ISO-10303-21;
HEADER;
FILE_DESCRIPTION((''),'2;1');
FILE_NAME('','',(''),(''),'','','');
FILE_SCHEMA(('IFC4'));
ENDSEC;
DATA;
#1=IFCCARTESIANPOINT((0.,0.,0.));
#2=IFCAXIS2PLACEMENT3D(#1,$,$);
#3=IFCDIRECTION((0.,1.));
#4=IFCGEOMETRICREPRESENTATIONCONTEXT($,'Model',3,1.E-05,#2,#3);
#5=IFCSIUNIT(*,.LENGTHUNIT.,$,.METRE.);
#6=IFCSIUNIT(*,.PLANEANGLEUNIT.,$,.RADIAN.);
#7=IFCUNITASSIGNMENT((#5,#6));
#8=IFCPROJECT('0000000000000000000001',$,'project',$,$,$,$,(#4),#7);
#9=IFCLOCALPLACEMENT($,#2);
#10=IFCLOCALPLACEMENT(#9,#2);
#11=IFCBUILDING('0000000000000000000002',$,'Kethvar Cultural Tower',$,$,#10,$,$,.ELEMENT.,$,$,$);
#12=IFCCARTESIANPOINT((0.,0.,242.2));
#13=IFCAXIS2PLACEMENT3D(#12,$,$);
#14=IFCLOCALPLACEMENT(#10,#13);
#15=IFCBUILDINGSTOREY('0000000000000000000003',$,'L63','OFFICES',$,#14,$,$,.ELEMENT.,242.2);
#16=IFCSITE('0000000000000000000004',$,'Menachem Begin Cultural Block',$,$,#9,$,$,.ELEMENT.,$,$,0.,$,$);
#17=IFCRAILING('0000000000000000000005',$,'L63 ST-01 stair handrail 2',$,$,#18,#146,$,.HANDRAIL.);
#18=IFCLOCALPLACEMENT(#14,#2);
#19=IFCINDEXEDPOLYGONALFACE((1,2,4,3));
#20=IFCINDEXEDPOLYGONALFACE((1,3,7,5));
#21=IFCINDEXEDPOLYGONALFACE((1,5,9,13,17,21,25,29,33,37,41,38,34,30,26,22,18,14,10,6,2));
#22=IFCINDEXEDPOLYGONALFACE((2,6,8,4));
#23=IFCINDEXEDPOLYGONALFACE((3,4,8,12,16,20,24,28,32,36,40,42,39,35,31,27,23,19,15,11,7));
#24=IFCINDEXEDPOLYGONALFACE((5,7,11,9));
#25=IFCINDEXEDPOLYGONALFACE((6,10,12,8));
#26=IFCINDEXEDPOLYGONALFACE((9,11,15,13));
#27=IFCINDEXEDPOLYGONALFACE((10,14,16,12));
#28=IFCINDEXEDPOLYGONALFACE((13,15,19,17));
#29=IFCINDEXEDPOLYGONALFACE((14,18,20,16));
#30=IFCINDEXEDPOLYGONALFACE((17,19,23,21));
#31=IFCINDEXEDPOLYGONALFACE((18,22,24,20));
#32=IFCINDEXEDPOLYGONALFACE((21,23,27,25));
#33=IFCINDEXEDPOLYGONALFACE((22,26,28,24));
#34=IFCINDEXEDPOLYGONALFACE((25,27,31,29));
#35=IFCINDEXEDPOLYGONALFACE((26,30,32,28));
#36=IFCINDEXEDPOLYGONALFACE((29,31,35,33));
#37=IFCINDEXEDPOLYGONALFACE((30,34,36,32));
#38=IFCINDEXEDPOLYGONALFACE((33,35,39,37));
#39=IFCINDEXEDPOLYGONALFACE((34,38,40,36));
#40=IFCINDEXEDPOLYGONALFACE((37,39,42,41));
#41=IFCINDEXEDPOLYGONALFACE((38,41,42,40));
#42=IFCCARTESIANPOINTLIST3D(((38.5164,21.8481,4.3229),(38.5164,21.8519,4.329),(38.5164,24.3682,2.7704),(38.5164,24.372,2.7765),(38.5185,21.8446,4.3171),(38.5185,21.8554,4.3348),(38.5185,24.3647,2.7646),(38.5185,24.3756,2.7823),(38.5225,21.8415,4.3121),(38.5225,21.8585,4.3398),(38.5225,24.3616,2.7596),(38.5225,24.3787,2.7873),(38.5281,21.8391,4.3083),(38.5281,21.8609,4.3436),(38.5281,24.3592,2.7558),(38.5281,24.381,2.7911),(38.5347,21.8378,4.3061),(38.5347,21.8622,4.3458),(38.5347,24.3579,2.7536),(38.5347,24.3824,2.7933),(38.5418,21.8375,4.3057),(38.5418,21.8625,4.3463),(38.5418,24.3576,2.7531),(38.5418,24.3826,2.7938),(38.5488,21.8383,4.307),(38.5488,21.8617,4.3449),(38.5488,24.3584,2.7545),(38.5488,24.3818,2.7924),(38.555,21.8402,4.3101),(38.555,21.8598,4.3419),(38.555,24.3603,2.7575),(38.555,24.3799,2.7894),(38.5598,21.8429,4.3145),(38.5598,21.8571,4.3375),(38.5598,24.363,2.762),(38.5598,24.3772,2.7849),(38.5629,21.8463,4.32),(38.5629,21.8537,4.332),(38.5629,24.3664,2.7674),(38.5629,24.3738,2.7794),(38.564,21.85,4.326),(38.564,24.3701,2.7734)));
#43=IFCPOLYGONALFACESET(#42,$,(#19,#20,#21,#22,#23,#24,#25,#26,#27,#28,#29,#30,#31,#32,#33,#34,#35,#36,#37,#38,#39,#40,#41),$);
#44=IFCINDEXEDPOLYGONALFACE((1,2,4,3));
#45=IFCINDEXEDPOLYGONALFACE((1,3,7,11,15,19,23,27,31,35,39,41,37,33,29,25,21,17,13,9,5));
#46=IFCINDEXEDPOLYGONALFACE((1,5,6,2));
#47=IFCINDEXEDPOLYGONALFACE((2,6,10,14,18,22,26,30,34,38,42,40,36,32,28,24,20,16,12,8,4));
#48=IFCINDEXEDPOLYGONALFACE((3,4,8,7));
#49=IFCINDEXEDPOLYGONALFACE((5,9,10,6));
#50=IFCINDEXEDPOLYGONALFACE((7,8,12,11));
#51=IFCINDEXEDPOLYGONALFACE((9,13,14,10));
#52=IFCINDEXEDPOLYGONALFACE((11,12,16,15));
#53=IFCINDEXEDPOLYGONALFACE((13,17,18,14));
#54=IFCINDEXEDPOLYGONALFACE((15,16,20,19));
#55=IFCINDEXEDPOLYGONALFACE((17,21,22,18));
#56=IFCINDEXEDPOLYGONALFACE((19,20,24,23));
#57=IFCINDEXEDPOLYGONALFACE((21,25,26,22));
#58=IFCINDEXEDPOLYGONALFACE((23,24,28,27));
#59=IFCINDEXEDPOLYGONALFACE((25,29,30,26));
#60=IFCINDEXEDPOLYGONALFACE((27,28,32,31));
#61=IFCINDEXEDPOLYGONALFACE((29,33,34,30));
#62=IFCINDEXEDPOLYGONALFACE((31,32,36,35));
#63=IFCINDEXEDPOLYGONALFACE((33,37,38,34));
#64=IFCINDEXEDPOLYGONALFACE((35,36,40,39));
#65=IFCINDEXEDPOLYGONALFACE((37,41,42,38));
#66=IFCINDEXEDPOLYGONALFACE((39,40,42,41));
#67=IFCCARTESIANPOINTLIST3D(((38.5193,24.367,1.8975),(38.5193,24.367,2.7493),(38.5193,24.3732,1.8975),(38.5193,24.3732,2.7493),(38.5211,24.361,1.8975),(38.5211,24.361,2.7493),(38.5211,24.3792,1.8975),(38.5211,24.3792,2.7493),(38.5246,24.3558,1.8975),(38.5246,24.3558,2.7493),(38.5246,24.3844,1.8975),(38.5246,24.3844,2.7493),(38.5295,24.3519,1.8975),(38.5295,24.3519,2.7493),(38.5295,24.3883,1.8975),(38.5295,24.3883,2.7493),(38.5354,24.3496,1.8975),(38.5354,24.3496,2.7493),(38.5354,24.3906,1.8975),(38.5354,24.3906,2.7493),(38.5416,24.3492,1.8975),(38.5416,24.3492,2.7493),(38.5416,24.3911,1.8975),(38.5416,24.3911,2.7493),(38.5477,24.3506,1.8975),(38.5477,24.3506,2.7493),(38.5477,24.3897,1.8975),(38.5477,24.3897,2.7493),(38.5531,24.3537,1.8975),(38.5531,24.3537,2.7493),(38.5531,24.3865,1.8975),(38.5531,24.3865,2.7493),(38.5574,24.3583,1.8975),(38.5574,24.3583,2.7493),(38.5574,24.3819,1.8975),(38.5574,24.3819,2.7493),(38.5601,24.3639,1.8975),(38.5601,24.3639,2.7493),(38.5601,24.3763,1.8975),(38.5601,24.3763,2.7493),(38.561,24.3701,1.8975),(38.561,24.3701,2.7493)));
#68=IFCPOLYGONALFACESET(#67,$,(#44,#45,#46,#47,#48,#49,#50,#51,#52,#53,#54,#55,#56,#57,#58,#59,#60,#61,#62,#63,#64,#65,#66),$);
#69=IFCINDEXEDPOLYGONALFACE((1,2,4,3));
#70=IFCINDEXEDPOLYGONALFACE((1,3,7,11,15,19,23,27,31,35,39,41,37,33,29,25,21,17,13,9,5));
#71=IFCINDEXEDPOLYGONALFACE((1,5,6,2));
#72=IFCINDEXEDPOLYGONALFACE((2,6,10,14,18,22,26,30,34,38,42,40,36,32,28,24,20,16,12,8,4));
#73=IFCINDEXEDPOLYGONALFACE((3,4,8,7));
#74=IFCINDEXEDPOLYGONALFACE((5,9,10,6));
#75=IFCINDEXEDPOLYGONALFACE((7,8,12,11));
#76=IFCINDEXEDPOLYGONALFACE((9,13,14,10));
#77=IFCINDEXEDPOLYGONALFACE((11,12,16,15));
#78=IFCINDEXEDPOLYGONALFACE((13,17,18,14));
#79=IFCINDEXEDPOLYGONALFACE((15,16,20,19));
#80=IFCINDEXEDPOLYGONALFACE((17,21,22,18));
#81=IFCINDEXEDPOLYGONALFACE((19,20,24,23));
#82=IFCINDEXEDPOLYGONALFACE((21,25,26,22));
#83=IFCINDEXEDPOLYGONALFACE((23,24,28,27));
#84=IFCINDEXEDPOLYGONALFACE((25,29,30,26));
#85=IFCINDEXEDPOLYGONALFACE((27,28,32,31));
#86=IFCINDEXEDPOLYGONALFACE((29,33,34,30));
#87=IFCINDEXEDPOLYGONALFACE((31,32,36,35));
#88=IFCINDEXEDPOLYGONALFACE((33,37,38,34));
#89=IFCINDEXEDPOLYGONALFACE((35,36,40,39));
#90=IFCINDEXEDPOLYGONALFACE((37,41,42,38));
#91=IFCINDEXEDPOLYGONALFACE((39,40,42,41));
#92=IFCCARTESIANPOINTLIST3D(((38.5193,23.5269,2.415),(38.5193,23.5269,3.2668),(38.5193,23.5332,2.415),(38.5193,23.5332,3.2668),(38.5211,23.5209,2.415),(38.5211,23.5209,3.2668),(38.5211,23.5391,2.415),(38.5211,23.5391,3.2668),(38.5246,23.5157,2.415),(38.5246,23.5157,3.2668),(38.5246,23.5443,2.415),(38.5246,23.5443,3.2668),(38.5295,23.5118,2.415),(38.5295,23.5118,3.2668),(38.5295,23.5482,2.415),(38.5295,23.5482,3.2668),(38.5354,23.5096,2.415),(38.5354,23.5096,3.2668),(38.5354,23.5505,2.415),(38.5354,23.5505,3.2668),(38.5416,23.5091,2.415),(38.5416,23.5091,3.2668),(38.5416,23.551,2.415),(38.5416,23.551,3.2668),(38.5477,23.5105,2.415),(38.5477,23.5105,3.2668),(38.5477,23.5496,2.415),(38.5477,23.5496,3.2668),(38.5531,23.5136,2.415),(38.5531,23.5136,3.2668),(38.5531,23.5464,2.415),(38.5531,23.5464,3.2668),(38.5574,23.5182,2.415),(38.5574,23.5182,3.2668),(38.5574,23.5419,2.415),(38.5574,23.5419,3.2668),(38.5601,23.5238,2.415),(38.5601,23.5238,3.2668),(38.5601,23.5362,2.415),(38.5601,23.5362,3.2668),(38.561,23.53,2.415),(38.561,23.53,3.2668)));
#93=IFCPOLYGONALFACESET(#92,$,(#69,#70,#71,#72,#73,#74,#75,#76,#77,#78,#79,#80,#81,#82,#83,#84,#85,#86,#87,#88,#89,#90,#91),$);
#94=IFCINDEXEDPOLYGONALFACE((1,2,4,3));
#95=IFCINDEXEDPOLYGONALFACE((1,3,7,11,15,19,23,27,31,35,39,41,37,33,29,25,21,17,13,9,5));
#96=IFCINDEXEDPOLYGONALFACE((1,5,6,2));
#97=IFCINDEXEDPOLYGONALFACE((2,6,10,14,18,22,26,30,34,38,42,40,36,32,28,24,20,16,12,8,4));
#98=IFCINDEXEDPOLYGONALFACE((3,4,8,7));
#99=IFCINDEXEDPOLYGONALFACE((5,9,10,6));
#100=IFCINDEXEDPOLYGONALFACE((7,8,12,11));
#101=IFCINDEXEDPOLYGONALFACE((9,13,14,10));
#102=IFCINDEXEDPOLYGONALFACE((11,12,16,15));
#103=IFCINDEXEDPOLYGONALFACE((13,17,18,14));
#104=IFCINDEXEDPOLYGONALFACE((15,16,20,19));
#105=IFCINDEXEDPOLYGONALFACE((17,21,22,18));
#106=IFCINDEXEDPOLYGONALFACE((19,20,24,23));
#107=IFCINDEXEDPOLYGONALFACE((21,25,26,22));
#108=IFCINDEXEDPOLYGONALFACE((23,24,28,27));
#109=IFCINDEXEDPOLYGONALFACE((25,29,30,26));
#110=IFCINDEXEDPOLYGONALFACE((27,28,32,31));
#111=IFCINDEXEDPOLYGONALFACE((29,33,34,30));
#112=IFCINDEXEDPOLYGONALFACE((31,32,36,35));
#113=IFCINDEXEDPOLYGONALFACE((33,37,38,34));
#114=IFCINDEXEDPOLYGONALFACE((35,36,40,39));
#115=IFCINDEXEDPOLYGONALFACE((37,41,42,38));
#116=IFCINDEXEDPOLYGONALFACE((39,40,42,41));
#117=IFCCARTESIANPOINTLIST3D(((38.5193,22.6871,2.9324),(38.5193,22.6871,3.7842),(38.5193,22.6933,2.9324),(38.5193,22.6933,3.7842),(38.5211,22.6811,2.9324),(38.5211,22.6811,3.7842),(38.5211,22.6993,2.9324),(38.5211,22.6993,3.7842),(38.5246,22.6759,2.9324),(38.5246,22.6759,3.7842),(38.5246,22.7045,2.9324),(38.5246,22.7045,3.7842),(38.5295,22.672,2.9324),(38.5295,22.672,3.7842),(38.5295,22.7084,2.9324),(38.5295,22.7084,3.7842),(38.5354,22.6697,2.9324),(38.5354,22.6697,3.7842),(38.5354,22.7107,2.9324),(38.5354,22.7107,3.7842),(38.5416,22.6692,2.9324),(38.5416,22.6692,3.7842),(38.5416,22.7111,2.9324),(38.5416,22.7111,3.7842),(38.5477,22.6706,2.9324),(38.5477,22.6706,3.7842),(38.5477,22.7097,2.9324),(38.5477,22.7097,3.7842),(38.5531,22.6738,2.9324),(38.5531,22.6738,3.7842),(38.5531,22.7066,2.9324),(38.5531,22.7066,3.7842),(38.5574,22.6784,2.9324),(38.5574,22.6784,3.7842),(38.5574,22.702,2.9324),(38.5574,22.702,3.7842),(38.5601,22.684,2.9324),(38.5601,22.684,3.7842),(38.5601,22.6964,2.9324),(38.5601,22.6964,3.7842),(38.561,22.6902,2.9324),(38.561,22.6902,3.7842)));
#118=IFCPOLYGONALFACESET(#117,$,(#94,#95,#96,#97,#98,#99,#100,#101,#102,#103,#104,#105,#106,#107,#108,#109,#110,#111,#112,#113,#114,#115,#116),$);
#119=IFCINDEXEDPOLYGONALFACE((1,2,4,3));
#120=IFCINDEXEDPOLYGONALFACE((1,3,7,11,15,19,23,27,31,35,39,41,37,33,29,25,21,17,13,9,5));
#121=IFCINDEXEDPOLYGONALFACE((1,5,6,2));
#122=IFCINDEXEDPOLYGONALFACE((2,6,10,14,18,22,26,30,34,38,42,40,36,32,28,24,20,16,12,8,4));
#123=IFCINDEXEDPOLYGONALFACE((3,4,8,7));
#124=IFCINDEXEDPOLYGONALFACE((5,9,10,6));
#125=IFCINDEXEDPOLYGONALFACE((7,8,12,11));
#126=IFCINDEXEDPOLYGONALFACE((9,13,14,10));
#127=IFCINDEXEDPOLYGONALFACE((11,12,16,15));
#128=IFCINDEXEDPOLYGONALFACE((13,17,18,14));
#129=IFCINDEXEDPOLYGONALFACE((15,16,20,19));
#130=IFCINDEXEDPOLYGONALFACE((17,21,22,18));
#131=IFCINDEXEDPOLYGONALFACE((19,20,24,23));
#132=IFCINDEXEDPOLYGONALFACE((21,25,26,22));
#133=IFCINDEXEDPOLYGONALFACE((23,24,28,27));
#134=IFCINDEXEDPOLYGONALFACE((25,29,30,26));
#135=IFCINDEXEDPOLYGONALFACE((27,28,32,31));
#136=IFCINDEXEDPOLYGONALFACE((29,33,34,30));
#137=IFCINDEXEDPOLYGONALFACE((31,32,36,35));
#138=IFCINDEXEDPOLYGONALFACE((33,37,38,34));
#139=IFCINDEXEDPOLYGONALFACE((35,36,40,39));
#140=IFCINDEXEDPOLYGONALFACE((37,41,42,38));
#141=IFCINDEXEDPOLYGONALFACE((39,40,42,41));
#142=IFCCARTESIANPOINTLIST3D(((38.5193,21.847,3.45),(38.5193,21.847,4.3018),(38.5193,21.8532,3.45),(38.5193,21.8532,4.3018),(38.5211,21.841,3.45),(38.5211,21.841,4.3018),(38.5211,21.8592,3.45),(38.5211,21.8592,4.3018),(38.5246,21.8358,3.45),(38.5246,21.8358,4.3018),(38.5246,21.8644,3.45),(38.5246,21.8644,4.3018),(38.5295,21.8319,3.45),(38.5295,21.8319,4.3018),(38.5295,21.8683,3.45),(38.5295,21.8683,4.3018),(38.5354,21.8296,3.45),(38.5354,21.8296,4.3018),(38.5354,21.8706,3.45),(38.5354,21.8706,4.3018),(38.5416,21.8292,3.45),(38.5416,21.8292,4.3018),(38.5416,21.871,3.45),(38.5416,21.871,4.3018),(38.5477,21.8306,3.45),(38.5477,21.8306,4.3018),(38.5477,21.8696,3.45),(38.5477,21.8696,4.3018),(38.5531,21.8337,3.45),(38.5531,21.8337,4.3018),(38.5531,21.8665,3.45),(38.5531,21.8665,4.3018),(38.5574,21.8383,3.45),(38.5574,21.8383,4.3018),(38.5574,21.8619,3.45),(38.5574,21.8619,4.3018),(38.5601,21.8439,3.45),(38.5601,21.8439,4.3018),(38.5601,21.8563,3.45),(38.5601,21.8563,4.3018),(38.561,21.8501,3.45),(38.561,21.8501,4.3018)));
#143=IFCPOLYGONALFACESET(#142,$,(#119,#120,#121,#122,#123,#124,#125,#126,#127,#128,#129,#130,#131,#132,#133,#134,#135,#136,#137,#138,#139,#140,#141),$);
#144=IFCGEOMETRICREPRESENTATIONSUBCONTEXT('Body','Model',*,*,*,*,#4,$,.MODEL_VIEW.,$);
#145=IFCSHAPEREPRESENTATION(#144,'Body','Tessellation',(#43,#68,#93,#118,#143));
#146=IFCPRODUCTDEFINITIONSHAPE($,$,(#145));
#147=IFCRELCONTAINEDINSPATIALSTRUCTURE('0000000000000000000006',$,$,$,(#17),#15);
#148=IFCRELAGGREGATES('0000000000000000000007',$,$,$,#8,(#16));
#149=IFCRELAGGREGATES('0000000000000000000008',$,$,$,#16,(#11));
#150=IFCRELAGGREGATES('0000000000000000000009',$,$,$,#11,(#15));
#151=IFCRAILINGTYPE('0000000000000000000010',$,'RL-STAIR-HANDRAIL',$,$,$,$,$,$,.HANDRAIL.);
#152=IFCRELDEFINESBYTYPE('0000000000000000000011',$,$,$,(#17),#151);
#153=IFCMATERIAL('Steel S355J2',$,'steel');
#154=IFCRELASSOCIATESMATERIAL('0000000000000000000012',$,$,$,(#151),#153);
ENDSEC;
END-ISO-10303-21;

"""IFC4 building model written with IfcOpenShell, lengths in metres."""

from ifc_helpers import new_model, si_unit, direction, frame, origin, origin_2d, place, context, subcontext, project, spatial, circle, extrude, material, type_object, element, save


model = new_model("IFC4")

# Units and contexts
model_context = context("Model", 3, precision=1e-05, world=origin(), true_north=direction((0.0, 1.0)))
body_context = subcontext(model_context, "Body", "Model", "MODEL_VIEW")
ifc_project = project(units=[si_unit("LENGTHUNIT", "METRE"), si_unit("PLANEANGLEUNIT", "RADIAN")], contexts=[model_context])

# Site, building, storey
site_placement = place(None, origin())
site = spatial("IfcSite", under=ifc_project, at=site_placement, Name="Menachem Begin Cultural Block", CompositionType="ELEMENT", RefElevation=0.0)
building_placement = place(site_placement, origin())
building = spatial("IfcBuilding", under=site, at=building_placement, Name="Kethvar Cultural Tower", CompositionType="ELEMENT")
storey_placement = place(building_placement, frame((0.0, 0.0, 242.2)))
storey = spatial("IfcBuildingStorey", under=building, at=storey_placement, Name="L63", Description="OFFICES", CompositionType="ELEMENT", Elevation=242.2)

# Shared definitions
ifc_material_1 = material(Name="Steel S355J2", Category="steel")

# Railing
railing_type_1 = type_object("IfcRailingType", Name="RL-STAIR-HANDRAIL", PredefinedType="HANDRAIL", material=ifc_material_1)
railing_1_placement = place(storey_placement, frame((38.54, 24.3701, 1.8975)))
element("IfcRailing", 1, at=railing_1_placement, inside=storey, type_object=railing_type_1, Name="L63 ST-01 stair handrail 2", PredefinedType="HANDRAIL", context=body_context, shape_type="SweptSolid", body=[
    extrude(circle(Radius=0.0239, at=origin_2d()), frame((0.0, 0.0, 0.876), z_axis=(0.0, -0.8514, 0.524516), x_axis=(1.0, 0.0, 0.0)), (0.0, 0.0, 1.0), 2.96),
    extrude(circle(Radius=0.021, at=origin_2d()), origin(), (0.0, 0.0, 1.0), 0.8518),
    extrude(circle(Radius=0.021, at=origin_2d()), frame((0.0, -0.8401, 0.5176)), (0.0, 0.0, 1.0), 0.8518),
    extrude(circle(Radius=0.021, at=origin_2d()), frame((0.0, -1.6799, 1.0349)), (0.0, 0.0, 1.0), 0.8518),
    extrude(circle(Radius=0.021, at=origin_2d()), frame((0.0, -2.52, 1.5525)), (0.0, 0.0, 1.0), 0.8518),
])

save(model, "model.ifc")
